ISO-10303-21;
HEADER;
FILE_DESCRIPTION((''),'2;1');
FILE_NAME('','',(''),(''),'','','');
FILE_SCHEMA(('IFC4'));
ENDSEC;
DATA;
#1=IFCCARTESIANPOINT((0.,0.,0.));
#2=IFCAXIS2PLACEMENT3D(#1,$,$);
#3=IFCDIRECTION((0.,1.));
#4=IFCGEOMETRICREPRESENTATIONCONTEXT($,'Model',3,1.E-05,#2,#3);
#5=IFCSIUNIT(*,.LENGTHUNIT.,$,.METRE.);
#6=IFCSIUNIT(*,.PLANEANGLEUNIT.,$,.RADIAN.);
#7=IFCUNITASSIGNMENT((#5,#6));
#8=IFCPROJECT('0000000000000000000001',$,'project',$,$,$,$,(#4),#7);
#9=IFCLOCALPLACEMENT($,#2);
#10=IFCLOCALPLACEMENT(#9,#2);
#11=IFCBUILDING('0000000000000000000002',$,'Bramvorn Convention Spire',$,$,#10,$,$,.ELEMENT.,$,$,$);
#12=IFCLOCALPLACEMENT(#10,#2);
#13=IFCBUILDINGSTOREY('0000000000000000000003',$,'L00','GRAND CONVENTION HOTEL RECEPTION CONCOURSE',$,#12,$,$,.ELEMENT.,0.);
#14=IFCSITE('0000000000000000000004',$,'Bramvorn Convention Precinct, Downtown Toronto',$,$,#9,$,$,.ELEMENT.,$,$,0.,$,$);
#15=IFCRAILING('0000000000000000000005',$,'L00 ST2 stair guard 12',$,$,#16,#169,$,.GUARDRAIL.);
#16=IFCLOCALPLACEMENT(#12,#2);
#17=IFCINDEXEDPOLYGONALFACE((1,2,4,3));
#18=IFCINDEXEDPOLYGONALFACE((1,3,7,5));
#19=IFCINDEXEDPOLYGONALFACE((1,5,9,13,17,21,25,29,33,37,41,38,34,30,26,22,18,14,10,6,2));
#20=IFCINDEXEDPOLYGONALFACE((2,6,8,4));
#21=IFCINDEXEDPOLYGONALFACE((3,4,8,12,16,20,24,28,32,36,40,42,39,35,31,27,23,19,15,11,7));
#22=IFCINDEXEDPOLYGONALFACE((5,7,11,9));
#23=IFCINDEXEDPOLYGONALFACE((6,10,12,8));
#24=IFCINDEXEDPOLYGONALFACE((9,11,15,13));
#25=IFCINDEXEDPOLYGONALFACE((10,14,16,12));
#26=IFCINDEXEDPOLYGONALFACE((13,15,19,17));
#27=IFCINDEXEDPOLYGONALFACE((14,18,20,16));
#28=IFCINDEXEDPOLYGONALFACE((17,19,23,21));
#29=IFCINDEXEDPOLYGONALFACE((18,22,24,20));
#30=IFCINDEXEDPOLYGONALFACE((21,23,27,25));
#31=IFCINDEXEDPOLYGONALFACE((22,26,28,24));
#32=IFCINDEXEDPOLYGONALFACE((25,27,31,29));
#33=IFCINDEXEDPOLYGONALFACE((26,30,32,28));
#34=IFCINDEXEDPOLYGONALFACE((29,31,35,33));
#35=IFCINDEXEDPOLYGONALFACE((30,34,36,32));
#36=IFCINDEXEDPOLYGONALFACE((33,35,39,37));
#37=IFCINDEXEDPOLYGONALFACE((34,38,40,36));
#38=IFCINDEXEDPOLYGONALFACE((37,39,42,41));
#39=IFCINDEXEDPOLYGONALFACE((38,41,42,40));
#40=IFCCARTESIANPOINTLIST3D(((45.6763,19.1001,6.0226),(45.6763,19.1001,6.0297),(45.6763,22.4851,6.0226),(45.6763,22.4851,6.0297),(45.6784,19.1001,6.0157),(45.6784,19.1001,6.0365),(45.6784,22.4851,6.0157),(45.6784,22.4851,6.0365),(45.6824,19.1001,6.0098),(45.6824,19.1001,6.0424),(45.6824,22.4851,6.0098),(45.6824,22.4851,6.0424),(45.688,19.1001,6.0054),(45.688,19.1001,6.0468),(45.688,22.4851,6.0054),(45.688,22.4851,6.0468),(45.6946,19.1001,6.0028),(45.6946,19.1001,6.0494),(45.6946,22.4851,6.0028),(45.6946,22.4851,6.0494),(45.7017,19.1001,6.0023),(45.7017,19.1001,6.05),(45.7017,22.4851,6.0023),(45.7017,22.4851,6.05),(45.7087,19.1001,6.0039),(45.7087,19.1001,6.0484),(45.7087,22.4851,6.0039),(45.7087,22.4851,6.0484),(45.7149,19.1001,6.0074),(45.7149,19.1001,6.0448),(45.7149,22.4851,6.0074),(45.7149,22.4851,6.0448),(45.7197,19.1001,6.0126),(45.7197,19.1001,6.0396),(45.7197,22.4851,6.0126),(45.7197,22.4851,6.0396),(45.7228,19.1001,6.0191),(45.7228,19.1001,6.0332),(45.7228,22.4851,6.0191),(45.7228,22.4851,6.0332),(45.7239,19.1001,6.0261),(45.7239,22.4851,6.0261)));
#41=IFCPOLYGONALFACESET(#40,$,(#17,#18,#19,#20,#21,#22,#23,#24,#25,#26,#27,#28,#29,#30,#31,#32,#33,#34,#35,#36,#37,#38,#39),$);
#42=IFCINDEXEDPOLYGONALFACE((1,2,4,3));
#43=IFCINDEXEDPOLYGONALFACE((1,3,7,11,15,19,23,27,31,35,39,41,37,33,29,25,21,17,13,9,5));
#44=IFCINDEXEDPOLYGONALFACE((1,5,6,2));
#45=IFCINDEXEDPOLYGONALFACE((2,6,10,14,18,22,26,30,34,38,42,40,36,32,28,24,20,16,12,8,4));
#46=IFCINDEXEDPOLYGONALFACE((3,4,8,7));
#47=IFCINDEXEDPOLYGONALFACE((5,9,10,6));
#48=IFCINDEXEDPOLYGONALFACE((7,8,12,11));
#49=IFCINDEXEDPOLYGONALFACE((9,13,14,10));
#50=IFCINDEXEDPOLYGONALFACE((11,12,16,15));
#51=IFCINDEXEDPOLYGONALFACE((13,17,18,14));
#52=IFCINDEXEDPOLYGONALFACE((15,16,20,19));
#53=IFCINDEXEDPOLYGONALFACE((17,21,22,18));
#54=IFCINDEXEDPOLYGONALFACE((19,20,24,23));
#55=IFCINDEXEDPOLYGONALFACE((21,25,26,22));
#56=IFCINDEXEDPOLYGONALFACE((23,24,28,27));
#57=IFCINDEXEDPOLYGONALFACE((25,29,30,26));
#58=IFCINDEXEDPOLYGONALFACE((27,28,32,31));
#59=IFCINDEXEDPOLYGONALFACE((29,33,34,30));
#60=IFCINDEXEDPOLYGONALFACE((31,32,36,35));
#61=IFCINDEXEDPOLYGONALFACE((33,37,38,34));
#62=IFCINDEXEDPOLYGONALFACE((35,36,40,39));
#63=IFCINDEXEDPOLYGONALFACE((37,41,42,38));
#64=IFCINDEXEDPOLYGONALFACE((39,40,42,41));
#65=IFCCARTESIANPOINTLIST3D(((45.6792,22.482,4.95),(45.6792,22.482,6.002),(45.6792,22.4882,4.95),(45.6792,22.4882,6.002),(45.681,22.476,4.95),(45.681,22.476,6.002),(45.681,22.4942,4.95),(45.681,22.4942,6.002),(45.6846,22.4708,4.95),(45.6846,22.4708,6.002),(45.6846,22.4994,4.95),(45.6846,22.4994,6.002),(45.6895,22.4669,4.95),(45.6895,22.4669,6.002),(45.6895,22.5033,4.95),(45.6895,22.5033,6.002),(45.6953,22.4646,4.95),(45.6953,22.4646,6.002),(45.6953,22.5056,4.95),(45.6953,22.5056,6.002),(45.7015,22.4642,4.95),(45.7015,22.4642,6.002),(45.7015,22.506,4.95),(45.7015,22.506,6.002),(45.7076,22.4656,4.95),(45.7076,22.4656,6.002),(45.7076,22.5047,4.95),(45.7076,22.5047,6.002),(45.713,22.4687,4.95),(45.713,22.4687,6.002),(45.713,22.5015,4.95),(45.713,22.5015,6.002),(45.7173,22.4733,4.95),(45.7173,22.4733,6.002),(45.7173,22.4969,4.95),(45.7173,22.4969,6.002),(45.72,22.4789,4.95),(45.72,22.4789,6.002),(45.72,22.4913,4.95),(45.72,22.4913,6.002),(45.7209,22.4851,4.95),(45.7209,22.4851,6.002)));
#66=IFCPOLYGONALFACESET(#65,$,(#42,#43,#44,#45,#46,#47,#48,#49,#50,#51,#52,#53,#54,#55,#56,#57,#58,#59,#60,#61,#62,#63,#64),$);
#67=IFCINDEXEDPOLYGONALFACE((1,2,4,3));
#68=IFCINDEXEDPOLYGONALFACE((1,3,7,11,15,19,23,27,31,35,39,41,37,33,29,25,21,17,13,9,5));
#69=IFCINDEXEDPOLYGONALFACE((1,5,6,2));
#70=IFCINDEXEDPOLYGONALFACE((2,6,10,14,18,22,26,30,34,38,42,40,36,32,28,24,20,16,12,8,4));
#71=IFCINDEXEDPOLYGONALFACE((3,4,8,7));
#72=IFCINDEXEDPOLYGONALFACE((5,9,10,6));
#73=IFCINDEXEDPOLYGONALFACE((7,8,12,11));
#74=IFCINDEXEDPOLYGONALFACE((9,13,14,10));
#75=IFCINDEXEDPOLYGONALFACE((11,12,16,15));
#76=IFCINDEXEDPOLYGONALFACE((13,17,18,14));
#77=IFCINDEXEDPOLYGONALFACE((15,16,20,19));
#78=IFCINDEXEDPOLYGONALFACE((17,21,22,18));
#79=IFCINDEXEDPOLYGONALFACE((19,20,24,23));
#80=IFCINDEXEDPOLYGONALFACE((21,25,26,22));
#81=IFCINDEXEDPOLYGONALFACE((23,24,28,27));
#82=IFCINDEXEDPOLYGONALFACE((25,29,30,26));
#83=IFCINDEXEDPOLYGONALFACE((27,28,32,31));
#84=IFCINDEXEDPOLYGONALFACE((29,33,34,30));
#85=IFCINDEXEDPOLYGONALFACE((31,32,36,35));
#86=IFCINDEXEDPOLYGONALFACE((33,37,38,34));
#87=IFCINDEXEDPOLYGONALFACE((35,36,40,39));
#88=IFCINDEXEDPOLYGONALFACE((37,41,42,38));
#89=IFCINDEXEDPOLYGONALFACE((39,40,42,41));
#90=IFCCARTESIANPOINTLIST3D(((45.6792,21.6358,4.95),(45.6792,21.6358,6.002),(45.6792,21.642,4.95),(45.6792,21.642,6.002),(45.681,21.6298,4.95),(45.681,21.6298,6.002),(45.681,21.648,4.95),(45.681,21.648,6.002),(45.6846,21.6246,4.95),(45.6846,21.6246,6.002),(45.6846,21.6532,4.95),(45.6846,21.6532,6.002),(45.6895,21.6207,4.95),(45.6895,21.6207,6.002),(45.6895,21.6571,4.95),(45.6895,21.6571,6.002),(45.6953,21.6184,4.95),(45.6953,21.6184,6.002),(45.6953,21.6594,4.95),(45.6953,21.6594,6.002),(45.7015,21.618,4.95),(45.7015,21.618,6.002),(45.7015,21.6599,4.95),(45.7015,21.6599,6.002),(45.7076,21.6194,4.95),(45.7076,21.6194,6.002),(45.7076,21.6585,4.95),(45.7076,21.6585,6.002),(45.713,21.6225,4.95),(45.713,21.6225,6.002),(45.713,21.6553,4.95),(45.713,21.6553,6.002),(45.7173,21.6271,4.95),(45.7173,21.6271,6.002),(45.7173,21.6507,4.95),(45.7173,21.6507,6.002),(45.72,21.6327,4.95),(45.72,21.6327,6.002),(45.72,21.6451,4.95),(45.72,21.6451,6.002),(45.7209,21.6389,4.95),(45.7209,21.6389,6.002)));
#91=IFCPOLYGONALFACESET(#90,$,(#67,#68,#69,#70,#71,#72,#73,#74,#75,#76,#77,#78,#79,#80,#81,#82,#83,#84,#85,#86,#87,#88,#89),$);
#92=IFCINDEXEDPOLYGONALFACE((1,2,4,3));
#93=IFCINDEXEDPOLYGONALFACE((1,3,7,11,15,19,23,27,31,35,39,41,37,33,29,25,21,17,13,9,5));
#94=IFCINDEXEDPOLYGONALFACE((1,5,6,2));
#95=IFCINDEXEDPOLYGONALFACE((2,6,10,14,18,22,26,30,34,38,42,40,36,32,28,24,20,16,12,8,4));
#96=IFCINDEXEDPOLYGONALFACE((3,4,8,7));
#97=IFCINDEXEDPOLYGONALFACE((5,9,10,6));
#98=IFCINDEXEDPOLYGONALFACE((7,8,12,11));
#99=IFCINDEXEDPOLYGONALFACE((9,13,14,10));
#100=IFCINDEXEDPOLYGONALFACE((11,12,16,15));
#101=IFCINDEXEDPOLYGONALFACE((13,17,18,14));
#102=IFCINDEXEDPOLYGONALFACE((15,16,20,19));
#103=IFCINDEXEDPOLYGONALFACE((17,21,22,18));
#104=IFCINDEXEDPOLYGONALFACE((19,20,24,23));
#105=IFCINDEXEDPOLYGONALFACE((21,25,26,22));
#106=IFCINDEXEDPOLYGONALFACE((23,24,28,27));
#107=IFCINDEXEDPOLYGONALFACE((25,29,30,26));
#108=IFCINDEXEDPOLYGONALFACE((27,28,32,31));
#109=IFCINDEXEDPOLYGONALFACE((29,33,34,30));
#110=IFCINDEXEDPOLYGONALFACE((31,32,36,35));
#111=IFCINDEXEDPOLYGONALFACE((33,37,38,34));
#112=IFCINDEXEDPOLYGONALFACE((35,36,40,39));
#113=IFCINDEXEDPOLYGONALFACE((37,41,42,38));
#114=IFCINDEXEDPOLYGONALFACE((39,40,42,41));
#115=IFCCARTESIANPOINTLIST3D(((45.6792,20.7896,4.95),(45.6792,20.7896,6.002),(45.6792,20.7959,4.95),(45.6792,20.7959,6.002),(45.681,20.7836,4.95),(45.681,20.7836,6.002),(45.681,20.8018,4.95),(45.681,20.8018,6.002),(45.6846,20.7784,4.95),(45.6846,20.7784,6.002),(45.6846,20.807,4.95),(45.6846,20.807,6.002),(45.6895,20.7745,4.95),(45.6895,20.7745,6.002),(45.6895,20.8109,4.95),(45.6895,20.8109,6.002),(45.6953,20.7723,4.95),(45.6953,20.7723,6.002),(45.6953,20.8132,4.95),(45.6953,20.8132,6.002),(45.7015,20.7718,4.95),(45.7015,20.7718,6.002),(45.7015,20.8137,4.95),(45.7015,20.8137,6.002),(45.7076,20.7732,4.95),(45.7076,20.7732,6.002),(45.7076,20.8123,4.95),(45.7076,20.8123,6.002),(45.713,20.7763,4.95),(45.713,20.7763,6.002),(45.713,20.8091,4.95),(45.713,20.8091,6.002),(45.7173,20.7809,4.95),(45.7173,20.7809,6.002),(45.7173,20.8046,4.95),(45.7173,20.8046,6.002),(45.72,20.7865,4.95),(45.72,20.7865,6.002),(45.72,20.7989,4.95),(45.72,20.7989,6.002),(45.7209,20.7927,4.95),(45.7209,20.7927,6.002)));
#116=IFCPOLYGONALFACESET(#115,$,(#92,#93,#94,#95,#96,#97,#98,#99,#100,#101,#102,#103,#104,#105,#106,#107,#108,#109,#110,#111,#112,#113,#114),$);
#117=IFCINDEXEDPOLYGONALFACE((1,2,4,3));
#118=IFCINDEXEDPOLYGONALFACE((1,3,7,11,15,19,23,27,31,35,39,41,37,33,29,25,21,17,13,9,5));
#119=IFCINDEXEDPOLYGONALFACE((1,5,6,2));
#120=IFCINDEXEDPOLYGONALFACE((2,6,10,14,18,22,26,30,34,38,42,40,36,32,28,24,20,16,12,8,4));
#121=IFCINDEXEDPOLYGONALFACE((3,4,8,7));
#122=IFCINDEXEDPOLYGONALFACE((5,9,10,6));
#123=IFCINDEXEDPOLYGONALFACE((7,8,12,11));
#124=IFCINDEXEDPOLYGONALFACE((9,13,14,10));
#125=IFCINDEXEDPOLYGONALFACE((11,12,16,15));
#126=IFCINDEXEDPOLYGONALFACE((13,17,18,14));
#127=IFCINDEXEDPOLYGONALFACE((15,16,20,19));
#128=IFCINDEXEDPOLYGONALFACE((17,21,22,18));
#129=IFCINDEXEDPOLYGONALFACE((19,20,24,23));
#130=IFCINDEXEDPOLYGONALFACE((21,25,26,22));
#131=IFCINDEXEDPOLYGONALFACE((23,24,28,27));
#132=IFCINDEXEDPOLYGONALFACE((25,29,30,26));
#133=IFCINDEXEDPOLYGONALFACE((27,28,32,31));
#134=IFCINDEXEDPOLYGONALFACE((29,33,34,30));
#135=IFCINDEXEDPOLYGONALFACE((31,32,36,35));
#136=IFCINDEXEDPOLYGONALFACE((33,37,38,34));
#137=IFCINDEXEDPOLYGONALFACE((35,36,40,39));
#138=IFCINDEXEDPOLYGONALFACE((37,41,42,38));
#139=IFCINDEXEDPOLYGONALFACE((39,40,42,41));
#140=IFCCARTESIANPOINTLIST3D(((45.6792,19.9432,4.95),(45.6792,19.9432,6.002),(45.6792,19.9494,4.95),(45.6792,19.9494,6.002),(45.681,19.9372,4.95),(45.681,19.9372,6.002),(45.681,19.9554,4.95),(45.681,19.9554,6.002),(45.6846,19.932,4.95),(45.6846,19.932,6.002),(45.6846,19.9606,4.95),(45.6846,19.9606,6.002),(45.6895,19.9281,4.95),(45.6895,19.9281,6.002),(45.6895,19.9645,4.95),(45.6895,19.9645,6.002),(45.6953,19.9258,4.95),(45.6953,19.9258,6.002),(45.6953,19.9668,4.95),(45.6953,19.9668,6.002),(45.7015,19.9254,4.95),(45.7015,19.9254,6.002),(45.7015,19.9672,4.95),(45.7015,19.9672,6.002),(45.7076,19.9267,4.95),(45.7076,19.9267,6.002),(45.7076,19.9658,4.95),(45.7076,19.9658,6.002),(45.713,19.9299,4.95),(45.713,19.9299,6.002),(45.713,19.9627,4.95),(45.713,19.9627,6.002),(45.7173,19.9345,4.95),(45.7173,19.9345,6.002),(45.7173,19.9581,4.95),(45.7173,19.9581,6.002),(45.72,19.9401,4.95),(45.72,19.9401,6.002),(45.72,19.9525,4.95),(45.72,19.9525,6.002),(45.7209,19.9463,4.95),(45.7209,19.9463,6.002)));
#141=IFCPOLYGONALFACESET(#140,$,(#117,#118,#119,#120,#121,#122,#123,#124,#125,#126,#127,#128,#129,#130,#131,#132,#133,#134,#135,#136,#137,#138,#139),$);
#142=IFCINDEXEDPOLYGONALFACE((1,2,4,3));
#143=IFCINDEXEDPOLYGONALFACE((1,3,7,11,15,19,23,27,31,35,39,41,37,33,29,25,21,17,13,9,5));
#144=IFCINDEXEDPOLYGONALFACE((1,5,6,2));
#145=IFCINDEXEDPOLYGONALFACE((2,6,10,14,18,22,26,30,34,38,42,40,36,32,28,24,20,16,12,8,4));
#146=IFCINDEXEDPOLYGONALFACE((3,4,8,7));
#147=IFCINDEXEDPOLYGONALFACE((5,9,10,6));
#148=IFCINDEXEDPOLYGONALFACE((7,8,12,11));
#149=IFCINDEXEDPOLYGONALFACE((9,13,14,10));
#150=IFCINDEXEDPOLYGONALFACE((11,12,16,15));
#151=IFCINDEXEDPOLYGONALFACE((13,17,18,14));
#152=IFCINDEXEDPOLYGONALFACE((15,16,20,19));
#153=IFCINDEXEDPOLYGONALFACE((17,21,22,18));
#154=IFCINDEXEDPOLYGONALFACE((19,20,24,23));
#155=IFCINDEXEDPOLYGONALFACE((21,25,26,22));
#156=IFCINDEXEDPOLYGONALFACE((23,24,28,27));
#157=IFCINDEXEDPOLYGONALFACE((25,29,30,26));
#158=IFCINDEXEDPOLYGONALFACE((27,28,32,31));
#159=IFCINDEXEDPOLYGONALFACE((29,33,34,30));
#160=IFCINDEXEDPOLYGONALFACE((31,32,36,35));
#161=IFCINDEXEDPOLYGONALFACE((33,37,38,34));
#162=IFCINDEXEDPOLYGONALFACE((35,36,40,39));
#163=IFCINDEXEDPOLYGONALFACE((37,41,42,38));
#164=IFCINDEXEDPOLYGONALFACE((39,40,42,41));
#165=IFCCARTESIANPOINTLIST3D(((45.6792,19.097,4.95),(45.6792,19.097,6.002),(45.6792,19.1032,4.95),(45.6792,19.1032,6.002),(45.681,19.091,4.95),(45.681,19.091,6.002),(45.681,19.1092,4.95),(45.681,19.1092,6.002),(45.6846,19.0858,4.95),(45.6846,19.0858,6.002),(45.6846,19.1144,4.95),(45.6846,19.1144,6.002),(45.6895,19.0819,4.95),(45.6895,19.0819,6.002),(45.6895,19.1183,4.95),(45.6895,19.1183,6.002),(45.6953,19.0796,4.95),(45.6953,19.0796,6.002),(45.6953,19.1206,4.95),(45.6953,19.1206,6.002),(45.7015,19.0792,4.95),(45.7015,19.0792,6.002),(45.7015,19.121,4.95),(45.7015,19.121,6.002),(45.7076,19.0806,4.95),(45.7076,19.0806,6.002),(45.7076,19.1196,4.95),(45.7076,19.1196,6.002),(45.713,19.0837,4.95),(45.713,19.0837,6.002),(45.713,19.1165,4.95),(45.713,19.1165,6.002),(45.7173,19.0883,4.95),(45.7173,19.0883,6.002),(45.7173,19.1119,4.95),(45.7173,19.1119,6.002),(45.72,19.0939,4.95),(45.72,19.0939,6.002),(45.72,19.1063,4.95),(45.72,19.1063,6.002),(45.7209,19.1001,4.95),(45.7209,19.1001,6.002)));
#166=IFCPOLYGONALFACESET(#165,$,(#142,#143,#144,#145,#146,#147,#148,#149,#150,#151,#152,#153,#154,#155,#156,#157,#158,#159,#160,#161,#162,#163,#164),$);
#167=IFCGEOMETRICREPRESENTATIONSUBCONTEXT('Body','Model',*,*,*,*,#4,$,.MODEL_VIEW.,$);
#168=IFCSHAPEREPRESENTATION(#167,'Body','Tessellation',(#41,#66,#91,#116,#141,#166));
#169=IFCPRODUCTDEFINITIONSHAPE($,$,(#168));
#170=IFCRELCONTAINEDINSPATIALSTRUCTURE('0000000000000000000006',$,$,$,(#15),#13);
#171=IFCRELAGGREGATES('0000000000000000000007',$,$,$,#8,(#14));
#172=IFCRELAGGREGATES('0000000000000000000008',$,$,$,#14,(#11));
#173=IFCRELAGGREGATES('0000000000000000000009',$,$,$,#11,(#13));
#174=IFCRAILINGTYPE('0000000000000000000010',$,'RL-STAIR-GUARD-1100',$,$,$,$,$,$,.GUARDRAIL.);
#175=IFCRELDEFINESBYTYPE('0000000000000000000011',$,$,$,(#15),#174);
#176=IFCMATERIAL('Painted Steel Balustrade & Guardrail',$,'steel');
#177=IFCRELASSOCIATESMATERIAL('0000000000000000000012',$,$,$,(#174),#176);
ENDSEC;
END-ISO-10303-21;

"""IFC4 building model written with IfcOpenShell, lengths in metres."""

from ifc_helpers import new_model, si_unit, direction, frame, origin, origin_2d, place, context, subcontext, project, spatial, circle, extrude, material, type_object, element, save


model = new_model("IFC4")

# Units and contexts
model_context = context("Model", 3, precision=1e-05, world=origin(), true_north=direction((0.0, 1.0)))
body_context = subcontext(model_context, "Body", "Model", "MODEL_VIEW")
ifc_project = project(units=[si_unit("LENGTHUNIT", "METRE"), si_unit("PLANEANGLEUNIT", "RADIAN")], contexts=[model_context])

# Site, building, storey
site_placement = place(None, origin())
site = spatial("IfcSite", under=ifc_project, at=site_placement, Name="Bramvorn Convention Precinct, Downtown Toronto", CompositionType="ELEMENT", RefElevation=0.0)
building_placement = place(site_placement, origin())
building = spatial("IfcBuilding", under=site, at=building_placement, Name="Bramvorn Convention Spire", CompositionType="ELEMENT")
storey_placement = place(building_placement, origin())
storey = spatial("IfcBuildingStorey", under=building, at=storey_placement, Name="L00", Description="GRAND CONVENTION HOTEL RECEPTION CONCOURSE", CompositionType="ELEMENT", Elevation=0.0)

# Railing
ifc_material_1 = material(Name="Painted Steel Balustrade & Guardrail", Category="steel")
railing_type_1 = type_object("IfcRailingType", Name="RL-STAIR-GUARD-1100", PredefinedType="GUARDRAIL", material=ifc_material_1)
for number, where, name in (
    (1, (45.7, 22.4851, 4.95), "L00 ST2 stair guard 12"),
):
    element("IfcRailing", number, at=place(storey_placement, frame(where)), inside=storey, type_object=railing_type_1, Name=name, PredefinedType="GUARDRAIL", context=body_context, shape_type="SweptSolid", body=[
        extrude(circle(Radius=0.0239, at=origin_2d()), frame((0.0, 0.0, 1.0762), z_axis=(0.0, -1.0, 0.0), x_axis=(1.0, 0.0, 0.0)), (0.0, 0.0, 1.0), 3.385),
        extrude(circle(Radius=0.021, at=origin_2d()), origin(), (0.0, 0.0, 1.0), 1.052),
        extrude(circle(Radius=0.021, at=origin_2d()), frame((0.0, -0.8462, 0.0)), (0.0, 0.0, 1.0), 1.052),
        extrude(circle(Radius=0.021, at=origin_2d()), frame((0.0, -1.6924, 0.0)), (0.0, 0.0, 1.0), 1.052),
        extrude(circle(Radius=0.021, at=origin_2d()), frame((0.0, -2.5388, 0.0)), (0.0, 0.0, 1.0), 1.052),
        extrude(circle(Radius=0.021, at=origin_2d()), frame((0.0, -3.385, 0.0)), (0.0, 0.0, 1.0), 1.052),
    ])

save(model, "model.ifc")
